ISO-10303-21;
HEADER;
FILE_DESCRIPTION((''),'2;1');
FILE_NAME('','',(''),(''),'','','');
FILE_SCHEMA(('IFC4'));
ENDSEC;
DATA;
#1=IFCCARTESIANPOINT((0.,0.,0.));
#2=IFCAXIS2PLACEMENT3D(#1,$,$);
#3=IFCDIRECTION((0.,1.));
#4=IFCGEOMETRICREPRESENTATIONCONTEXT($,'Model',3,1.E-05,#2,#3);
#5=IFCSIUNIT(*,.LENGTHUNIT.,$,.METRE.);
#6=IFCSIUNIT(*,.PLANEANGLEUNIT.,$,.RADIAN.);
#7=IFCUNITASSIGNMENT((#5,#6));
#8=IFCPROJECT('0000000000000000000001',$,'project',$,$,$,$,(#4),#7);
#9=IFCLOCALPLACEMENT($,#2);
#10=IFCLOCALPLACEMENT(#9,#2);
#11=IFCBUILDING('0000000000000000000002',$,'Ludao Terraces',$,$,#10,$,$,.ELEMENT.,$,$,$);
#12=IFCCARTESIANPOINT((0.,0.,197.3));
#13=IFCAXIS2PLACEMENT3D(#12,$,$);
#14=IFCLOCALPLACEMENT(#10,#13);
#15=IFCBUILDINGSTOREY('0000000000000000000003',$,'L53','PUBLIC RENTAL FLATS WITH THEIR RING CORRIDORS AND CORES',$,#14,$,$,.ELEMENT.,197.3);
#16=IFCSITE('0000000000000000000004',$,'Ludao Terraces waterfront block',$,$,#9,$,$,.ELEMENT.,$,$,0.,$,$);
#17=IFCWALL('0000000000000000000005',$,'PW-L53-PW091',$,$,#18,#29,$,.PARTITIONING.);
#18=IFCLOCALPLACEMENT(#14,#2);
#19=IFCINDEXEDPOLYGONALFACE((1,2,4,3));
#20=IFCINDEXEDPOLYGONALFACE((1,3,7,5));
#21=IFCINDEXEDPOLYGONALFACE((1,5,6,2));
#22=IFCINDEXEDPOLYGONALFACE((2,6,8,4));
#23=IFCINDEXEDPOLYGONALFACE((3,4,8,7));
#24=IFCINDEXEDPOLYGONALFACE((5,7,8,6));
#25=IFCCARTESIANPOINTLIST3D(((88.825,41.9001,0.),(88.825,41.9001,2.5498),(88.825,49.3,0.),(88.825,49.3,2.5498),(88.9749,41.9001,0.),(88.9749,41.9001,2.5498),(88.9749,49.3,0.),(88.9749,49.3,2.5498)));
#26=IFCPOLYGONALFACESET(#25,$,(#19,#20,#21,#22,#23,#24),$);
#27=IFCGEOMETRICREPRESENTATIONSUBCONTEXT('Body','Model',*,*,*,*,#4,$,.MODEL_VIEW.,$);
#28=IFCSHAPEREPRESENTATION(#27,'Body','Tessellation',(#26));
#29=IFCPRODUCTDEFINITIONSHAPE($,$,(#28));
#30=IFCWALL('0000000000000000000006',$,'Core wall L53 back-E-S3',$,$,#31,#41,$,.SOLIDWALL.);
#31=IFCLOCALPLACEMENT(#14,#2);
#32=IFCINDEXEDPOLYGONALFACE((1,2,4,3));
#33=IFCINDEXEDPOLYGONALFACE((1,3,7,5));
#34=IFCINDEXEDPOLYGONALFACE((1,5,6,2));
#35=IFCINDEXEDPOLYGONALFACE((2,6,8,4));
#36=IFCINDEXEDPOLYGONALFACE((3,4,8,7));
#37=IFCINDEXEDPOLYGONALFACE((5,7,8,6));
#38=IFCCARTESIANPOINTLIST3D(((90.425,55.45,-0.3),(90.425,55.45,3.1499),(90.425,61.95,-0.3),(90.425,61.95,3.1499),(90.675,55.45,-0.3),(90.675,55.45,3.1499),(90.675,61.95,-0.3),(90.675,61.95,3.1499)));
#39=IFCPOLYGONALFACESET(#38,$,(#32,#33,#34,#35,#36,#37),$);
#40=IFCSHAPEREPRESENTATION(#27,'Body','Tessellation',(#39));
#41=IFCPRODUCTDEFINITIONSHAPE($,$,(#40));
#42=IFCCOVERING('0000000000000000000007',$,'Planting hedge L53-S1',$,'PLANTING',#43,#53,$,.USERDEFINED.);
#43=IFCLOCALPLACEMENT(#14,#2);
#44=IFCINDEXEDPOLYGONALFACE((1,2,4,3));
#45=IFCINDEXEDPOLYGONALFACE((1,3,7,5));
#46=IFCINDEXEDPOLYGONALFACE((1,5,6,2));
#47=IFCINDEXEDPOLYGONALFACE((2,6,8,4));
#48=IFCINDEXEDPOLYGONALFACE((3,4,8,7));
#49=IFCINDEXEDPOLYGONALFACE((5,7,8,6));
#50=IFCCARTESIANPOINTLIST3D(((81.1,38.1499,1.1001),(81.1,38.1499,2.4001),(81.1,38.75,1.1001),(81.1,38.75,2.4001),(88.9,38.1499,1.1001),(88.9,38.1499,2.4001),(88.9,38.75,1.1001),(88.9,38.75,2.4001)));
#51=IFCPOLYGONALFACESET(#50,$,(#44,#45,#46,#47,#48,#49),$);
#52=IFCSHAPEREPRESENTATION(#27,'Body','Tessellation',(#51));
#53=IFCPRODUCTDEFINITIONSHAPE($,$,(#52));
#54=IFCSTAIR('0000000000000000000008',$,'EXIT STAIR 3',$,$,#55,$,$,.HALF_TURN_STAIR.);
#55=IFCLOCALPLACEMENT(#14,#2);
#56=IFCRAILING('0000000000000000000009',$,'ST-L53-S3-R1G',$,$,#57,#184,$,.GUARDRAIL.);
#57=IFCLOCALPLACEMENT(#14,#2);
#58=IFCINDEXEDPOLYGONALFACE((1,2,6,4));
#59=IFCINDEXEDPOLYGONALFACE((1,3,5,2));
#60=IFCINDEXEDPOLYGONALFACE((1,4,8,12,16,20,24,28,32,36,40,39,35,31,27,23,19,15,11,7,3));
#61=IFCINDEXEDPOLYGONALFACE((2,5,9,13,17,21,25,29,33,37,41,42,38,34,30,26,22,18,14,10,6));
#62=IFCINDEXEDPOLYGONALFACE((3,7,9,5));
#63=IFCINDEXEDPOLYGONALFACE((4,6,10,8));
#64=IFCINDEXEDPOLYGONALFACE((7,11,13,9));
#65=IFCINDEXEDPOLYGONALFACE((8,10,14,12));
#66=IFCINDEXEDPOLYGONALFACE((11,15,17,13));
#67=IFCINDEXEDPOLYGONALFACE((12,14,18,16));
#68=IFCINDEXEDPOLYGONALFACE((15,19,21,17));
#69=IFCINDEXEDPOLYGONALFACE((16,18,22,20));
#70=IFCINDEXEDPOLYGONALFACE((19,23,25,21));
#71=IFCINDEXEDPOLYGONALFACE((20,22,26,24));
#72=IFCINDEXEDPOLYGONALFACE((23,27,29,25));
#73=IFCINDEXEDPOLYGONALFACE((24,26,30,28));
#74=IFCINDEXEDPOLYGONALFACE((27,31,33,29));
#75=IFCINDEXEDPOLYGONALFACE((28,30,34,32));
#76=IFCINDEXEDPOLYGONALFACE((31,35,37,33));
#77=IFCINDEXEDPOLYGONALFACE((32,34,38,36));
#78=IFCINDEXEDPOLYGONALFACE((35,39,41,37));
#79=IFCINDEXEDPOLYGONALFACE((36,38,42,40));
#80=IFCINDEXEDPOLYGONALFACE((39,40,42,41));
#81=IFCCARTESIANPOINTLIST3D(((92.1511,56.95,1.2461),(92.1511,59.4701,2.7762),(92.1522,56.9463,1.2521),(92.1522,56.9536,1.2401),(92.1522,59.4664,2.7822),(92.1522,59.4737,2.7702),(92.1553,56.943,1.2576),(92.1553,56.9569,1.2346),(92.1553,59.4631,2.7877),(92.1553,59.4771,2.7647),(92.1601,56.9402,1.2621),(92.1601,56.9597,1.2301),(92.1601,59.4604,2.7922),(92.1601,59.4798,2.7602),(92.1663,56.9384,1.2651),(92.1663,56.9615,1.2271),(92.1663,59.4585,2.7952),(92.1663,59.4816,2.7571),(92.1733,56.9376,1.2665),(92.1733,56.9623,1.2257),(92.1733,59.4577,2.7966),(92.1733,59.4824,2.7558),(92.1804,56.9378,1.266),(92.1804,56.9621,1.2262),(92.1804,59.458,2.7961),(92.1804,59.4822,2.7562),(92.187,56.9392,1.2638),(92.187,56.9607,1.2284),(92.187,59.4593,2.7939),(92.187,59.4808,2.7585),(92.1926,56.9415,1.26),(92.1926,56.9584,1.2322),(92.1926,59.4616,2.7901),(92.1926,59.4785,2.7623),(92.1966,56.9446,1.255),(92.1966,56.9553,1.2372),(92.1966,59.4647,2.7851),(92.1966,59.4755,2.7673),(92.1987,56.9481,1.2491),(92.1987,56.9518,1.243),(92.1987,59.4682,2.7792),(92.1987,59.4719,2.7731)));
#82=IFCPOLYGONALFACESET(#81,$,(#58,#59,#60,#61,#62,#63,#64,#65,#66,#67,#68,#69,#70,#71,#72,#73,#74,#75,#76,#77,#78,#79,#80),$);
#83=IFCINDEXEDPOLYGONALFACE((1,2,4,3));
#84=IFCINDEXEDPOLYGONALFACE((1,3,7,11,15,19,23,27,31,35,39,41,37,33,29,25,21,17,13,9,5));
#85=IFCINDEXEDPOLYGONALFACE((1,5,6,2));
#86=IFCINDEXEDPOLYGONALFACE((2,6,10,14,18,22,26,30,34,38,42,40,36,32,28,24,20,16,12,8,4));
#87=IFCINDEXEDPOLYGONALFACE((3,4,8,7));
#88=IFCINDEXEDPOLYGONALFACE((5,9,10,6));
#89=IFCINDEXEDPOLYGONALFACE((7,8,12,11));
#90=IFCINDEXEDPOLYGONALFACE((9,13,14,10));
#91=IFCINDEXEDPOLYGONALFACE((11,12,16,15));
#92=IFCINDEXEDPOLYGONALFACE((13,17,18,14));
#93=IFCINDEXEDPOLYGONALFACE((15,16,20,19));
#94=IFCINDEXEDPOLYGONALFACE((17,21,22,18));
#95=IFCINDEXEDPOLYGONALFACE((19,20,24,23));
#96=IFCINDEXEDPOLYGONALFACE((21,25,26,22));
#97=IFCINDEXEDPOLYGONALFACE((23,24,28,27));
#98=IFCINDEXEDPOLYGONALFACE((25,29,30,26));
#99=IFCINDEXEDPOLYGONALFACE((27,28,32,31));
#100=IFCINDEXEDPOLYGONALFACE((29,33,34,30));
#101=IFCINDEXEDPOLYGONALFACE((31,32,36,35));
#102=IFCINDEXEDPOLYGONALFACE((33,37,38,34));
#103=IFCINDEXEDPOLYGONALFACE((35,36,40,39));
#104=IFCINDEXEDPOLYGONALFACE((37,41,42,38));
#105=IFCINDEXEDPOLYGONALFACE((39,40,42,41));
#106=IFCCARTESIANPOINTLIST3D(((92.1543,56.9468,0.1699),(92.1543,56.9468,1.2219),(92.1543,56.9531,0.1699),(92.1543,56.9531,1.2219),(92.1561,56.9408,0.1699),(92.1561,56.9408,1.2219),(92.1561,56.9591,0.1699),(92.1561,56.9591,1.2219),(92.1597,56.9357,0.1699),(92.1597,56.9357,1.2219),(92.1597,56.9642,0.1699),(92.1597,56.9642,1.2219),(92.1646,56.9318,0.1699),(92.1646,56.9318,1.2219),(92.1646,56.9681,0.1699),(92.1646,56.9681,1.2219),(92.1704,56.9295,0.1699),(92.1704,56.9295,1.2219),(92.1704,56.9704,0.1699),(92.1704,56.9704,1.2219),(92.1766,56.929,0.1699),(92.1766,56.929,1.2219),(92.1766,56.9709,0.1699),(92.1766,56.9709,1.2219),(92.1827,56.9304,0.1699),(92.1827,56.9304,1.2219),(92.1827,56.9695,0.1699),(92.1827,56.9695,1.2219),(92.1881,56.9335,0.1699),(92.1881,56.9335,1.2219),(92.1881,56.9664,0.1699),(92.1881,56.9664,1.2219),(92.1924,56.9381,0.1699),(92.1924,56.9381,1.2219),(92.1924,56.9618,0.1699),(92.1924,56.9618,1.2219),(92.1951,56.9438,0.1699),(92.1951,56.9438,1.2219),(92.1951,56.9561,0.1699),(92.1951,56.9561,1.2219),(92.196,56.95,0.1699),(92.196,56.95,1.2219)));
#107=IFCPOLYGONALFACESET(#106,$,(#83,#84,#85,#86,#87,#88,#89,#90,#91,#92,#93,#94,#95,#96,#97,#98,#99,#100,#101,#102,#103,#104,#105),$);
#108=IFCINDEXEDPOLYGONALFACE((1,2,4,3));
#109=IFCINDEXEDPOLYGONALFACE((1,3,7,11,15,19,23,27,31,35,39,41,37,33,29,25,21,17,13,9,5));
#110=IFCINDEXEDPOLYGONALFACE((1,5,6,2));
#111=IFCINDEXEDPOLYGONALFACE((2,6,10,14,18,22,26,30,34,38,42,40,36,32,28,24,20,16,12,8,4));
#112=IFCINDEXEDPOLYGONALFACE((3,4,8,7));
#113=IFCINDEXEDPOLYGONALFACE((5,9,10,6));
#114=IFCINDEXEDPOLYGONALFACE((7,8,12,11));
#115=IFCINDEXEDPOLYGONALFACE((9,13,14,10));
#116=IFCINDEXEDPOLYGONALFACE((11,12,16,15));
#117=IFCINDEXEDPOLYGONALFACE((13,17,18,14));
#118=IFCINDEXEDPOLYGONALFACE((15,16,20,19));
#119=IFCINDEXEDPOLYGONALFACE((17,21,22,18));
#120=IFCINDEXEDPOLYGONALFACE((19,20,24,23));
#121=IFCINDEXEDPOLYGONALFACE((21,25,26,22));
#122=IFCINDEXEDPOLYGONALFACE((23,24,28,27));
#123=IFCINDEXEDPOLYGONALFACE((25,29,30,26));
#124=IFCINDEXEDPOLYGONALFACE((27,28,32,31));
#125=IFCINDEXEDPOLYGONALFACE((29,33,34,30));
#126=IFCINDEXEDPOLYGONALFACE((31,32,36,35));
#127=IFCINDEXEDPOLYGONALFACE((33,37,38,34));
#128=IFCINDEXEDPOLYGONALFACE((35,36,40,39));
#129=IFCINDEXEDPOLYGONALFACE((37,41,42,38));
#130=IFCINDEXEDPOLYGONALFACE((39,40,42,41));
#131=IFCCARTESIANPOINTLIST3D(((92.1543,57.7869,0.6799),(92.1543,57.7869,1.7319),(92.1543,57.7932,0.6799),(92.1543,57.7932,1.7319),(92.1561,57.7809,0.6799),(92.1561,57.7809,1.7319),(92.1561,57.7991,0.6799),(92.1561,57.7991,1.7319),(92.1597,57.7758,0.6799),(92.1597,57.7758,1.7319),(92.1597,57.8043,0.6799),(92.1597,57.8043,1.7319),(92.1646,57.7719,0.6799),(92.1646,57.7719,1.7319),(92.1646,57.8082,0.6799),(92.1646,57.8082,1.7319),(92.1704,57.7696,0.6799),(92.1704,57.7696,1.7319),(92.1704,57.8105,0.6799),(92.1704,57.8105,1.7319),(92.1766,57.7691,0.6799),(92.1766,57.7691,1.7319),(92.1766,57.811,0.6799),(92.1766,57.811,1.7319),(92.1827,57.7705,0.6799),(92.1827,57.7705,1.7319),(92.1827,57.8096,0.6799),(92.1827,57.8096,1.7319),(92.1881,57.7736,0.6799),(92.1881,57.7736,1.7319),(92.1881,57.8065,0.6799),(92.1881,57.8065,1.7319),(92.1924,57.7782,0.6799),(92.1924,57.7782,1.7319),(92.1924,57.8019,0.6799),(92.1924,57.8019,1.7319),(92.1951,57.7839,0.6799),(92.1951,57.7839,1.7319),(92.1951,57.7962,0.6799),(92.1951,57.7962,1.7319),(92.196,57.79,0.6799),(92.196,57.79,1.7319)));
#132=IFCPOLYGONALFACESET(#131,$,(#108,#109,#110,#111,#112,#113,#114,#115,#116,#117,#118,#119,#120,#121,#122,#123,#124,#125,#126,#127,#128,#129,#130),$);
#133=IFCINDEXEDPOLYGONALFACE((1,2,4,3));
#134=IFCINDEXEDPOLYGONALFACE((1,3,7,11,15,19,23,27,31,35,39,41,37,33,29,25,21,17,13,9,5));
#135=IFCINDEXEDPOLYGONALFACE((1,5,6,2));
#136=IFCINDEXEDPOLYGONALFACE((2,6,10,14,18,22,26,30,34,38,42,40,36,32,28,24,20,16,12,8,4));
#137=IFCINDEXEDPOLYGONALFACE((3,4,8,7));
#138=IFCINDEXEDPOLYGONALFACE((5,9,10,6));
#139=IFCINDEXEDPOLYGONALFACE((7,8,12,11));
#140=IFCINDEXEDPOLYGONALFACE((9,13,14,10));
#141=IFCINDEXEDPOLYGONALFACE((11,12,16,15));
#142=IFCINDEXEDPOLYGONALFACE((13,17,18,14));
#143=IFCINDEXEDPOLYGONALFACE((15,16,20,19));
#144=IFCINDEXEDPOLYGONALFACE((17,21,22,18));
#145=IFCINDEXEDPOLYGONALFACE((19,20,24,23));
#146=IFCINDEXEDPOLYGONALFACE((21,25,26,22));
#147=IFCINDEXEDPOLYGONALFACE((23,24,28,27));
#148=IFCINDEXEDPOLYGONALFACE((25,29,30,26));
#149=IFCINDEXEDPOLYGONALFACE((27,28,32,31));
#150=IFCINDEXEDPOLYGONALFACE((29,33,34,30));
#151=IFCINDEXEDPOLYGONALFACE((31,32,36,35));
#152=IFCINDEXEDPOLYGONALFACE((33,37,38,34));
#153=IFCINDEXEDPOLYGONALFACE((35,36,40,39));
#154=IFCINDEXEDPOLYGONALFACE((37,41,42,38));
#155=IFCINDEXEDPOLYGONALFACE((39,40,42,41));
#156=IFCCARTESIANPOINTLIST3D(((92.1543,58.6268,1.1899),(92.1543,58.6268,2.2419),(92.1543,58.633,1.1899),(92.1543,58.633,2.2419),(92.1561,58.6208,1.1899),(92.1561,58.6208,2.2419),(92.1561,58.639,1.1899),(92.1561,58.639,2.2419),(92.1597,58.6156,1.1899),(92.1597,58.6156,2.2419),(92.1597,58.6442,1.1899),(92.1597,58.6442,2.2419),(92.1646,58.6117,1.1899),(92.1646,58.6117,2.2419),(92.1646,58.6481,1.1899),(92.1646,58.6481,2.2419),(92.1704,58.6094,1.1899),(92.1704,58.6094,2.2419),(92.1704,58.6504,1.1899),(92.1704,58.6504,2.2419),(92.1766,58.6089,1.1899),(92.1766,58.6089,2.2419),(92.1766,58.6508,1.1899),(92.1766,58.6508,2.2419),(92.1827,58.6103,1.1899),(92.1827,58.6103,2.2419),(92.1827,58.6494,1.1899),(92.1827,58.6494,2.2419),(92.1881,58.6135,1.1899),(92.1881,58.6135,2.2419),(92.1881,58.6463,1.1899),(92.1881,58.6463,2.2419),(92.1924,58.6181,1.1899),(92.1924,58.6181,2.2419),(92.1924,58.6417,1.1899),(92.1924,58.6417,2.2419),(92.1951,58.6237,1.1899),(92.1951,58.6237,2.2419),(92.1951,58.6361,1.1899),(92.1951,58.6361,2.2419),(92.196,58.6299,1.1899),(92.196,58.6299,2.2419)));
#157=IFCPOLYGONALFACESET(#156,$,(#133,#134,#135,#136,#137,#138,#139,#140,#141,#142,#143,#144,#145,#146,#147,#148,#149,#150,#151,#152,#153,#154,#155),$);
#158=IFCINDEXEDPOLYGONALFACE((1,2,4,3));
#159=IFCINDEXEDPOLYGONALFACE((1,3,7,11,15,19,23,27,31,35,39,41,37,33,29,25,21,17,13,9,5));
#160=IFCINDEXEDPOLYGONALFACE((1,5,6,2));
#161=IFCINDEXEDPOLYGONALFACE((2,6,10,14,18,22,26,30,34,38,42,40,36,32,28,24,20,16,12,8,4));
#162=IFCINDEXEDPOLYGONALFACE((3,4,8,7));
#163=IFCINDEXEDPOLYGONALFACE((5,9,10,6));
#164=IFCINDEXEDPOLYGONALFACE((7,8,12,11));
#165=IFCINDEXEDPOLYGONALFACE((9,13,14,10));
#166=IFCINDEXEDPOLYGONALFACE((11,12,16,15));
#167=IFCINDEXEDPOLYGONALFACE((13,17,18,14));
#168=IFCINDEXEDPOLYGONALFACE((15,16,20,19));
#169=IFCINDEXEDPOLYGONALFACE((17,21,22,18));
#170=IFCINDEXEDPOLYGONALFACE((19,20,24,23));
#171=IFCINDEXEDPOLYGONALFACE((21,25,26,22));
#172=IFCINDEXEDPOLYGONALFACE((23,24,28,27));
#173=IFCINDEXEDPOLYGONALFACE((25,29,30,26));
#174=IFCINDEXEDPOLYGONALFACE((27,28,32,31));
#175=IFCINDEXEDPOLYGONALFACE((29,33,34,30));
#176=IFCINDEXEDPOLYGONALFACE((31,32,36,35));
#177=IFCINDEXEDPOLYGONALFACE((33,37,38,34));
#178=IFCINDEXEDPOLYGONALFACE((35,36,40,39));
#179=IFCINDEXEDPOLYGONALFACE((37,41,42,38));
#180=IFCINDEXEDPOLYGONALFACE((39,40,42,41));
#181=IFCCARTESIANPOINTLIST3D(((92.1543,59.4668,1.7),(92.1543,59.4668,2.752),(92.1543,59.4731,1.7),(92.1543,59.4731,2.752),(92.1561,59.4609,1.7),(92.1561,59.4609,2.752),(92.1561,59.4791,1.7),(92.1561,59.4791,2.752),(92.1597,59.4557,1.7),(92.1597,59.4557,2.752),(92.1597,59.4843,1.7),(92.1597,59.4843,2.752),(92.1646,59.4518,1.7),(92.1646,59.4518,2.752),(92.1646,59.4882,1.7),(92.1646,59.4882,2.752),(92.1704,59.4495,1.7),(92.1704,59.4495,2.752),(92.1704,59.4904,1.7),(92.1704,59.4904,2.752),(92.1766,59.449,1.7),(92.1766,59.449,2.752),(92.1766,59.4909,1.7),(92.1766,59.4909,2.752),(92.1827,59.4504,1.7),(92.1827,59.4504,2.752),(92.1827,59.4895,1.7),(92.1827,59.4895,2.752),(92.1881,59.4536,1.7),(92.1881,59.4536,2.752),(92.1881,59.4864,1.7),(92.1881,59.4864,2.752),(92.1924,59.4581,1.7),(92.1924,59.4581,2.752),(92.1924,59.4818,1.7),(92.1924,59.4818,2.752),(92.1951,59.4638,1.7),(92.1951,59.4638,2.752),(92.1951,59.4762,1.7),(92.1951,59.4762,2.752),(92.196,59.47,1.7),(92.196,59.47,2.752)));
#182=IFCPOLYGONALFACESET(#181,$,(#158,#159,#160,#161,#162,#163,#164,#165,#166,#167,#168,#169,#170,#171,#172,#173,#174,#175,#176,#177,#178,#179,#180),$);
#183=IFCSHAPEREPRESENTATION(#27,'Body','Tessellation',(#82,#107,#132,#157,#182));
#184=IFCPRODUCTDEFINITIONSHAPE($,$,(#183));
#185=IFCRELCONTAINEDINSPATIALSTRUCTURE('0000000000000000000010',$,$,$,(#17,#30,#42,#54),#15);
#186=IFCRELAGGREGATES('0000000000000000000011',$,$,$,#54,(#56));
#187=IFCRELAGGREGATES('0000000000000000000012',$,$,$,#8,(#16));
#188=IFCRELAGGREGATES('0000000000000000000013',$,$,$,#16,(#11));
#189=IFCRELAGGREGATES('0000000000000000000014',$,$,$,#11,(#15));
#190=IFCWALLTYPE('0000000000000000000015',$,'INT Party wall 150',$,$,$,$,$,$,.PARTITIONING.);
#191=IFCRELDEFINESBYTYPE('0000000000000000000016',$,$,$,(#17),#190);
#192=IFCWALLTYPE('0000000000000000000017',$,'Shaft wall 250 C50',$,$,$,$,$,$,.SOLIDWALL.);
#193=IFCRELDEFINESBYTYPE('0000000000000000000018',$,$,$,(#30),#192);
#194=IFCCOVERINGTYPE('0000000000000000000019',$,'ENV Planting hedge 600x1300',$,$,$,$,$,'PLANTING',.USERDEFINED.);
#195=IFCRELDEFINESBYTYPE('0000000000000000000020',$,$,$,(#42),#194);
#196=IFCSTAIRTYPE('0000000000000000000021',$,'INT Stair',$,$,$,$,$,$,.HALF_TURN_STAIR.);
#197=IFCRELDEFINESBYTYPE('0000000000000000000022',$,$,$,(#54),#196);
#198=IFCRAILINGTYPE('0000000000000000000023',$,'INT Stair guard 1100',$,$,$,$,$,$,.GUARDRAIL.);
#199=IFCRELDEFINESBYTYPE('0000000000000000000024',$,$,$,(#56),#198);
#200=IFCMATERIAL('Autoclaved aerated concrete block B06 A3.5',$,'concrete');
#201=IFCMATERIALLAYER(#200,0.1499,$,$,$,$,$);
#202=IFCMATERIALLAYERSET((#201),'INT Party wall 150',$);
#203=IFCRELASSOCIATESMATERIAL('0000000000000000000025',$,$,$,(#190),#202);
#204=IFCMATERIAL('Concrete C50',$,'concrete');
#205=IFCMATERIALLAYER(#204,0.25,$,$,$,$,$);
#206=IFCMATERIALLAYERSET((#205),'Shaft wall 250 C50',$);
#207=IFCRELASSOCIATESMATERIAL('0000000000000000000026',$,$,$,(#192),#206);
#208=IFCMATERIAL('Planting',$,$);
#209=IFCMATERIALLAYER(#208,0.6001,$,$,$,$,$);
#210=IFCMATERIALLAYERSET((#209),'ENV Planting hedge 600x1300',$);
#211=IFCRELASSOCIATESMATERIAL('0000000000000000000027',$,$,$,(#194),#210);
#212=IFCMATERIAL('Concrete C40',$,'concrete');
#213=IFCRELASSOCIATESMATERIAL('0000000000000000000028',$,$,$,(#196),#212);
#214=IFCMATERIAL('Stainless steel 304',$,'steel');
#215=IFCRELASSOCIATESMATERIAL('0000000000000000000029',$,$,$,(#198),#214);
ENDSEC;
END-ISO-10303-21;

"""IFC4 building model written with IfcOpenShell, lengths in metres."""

from ifc_helpers import new_model, si_unit, direction, frame, frame_2d, origin, origin_2d, place, context, subcontext, project, spatial, rectangle, circle, extrude, material, layer, layer_set, type_object, element, aggregate, save


model = new_model("IFC4")

# Units and contexts
model_context = context("Model", 3, precision=1e-05, world=origin(), true_north=direction((0.0, 1.0)))
body_context = subcontext(model_context, "Body", "Model", "MODEL_VIEW")
ifc_project = project(units=[si_unit("LENGTHUNIT", "METRE"), si_unit("PLANEANGLEUNIT", "RADIAN")], contexts=[model_context])

# Site, building, storey
site_placement = place(None, origin())
site = spatial("IfcSite", under=ifc_project, at=site_placement, Name="Ludao Terraces waterfront block", CompositionType="ELEMENT", RefElevation=0.0)
building_placement = place(site_placement, origin())
building = spatial("IfcBuilding", under=site, at=building_placement, Name="Ludao Terraces", CompositionType="ELEMENT")
storey_placement = place(building_placement, frame((0.0, 0.0, 197.3)))
storey = spatial("IfcBuildingStorey", under=building, at=storey_placement, Name="L53", Description="PUBLIC RENTAL FLATS WITH THEIR RING CORRIDORS AND CORES", CompositionType="ELEMENT", Elevation=197.3)

# Shared definitions
ifc_material_1 = material(Name="Concrete C50", Category="concrete")

# Shared definitions
ifc_material_2 = material(Name="Concrete C40", Category="concrete")

# Walls
ifc_material_3 = material(Name="Autoclaved aerated concrete block B06 A3.5", Category="concrete")
ifc_layer_1 = layer(ifc_material_3, 0.1499)
ifc_layer_set_1 = layer_set([ifc_layer_1], Name="INT Party wall 150")
wall_type_1 = type_object("IfcWallType", Name="INT Party wall 150", PredefinedType="PARTITIONING", material=ifc_layer_set_1)
wall_1_placement = place(storey_placement, frame((88.8999, 41.9001, 0.0), z_axis=(0.0, 0.0, 1.0), x_axis=(0.0, 1.0, 0.0)))
element("IfcWall", 1, at=wall_1_placement, inside=storey, type_object=wall_type_1, Name="PW-L53-PW091", PredefinedType="PARTITIONING", context=body_context, shape_type="SweptSolid", body=[
    extrude(rectangle(XDim=7.3999, YDim=0.1499, at=frame_2d((3.7, 0.0))), origin(), (0.0, 0.0, 1.0), 2.5498),
])
ifc_layer_2 = layer(ifc_material_1, 0.25)
ifc_layer_set_2 = layer_set([ifc_layer_2], Name="Shaft wall 250 C50")
wall_type_2 = type_object("IfcWallType", Name="Shaft wall 250 C50", PredefinedType="SOLIDWALL", material=ifc_layer_set_2)
wall_2_placement = place(storey_placement, frame((90.55, 55.45, -0.3), z_axis=(0.0, 0.0, 1.0), x_axis=(0.0, 1.0, 0.0)))
element("IfcWall", 2, at=wall_2_placement, inside=storey, type_object=wall_type_2, Name="Core wall L53 back-E-S3", PredefinedType="SOLIDWALL", context=body_context, shape_type="SweptSolid", body=[
    extrude(rectangle(XDim=6.5, YDim=0.25, at=frame_2d((3.25, 0.0))), origin(), (0.0, 0.0, 1.0), 3.45),
])

# Covering
ifc_material_4 = material(Name="Planting")
ifc_layer_3 = layer(ifc_material_4, 0.6001)
ifc_layer_set_3 = layer_set([ifc_layer_3], Name="ENV Planting hedge 600x1300")
covering_type = type_object("IfcCoveringType", Name="ENV Planting hedge 600x1300", ElementType="PLANTING", PredefinedType="USERDEFINED", material=ifc_layer_set_3)
covering_placement = place(storey_placement, frame((85.0, 38.45, 1.1001), z_axis=(0.0, 0.0, 1.0), x_axis=(1.0, 0.0, 0.0)))
element("IfcCovering", 3, at=covering_placement, inside=storey, type_object=covering_type, Name="Planting hedge L53-S1", ObjectType="PLANTING", PredefinedType="USERDEFINED", context=body_context, shape_type="SweptSolid", body=[
    extrude(rectangle(XDim=7.8, YDim=0.6001, at=origin_2d()), origin(), (0.0, 0.0, 1.0), 1.3),
])

# Stair, railing
stair_type = type_object("IfcStairType", Name="INT Stair", PredefinedType="HALF_TURN_STAIR", material=ifc_material_2)
stair_placement = place(storey_placement, origin())
stair = element("IfcStair", 4, at=stair_placement, inside=storey, type_object=stair_type, Name="EXIT STAIR 3", PredefinedType="HALF_TURN_STAIR")
ifc_material_5 = material(Name="Stainless steel 304", Category="steel")
railing_type_1 = type_object("IfcRailingType", Name="INT Stair guard 1100", PredefinedType="GUARDRAIL", material=ifc_material_5)
railing_1_placement = place(storey_placement, frame((92.175, 56.95, 0.1699)))
railing_1 = element("IfcRailing", 5, at=railing_1_placement, type_object=railing_type_1, Name="ST-L53-S3-R1G", PredefinedType="GUARDRAIL", context=body_context, shape_type="SweptSolid", body=[
    extrude(circle(Radius=0.0239, at=origin_2d()), frame((0.0, 0.0, 1.0762), z_axis=(0.0, 0.854785, 0.518982), x_axis=(-1.0, 0.0, 0.0)), (0.0, 0.0, 1.0), 2.9482),
    extrude(circle(Radius=0.021, at=origin_2d()), origin(), (0.0, 0.0, 1.0), 1.052),
    extrude(circle(Radius=0.021, at=origin_2d()), frame((0.0, 0.8401, 0.51)), (0.0, 0.0, 1.0), 1.052),
    extrude(circle(Radius=0.021, at=origin_2d()), frame((0.0, 1.6799, 1.02)), (0.0, 0.0, 1.0), 1.052),
    extrude(circle(Radius=0.021, at=origin_2d()), frame((0.0, 2.52, 1.53)), (0.0, 0.0, 1.0), 1.052),
])
aggregate(stair, [railing_1])

save(model, "model.ifc")
